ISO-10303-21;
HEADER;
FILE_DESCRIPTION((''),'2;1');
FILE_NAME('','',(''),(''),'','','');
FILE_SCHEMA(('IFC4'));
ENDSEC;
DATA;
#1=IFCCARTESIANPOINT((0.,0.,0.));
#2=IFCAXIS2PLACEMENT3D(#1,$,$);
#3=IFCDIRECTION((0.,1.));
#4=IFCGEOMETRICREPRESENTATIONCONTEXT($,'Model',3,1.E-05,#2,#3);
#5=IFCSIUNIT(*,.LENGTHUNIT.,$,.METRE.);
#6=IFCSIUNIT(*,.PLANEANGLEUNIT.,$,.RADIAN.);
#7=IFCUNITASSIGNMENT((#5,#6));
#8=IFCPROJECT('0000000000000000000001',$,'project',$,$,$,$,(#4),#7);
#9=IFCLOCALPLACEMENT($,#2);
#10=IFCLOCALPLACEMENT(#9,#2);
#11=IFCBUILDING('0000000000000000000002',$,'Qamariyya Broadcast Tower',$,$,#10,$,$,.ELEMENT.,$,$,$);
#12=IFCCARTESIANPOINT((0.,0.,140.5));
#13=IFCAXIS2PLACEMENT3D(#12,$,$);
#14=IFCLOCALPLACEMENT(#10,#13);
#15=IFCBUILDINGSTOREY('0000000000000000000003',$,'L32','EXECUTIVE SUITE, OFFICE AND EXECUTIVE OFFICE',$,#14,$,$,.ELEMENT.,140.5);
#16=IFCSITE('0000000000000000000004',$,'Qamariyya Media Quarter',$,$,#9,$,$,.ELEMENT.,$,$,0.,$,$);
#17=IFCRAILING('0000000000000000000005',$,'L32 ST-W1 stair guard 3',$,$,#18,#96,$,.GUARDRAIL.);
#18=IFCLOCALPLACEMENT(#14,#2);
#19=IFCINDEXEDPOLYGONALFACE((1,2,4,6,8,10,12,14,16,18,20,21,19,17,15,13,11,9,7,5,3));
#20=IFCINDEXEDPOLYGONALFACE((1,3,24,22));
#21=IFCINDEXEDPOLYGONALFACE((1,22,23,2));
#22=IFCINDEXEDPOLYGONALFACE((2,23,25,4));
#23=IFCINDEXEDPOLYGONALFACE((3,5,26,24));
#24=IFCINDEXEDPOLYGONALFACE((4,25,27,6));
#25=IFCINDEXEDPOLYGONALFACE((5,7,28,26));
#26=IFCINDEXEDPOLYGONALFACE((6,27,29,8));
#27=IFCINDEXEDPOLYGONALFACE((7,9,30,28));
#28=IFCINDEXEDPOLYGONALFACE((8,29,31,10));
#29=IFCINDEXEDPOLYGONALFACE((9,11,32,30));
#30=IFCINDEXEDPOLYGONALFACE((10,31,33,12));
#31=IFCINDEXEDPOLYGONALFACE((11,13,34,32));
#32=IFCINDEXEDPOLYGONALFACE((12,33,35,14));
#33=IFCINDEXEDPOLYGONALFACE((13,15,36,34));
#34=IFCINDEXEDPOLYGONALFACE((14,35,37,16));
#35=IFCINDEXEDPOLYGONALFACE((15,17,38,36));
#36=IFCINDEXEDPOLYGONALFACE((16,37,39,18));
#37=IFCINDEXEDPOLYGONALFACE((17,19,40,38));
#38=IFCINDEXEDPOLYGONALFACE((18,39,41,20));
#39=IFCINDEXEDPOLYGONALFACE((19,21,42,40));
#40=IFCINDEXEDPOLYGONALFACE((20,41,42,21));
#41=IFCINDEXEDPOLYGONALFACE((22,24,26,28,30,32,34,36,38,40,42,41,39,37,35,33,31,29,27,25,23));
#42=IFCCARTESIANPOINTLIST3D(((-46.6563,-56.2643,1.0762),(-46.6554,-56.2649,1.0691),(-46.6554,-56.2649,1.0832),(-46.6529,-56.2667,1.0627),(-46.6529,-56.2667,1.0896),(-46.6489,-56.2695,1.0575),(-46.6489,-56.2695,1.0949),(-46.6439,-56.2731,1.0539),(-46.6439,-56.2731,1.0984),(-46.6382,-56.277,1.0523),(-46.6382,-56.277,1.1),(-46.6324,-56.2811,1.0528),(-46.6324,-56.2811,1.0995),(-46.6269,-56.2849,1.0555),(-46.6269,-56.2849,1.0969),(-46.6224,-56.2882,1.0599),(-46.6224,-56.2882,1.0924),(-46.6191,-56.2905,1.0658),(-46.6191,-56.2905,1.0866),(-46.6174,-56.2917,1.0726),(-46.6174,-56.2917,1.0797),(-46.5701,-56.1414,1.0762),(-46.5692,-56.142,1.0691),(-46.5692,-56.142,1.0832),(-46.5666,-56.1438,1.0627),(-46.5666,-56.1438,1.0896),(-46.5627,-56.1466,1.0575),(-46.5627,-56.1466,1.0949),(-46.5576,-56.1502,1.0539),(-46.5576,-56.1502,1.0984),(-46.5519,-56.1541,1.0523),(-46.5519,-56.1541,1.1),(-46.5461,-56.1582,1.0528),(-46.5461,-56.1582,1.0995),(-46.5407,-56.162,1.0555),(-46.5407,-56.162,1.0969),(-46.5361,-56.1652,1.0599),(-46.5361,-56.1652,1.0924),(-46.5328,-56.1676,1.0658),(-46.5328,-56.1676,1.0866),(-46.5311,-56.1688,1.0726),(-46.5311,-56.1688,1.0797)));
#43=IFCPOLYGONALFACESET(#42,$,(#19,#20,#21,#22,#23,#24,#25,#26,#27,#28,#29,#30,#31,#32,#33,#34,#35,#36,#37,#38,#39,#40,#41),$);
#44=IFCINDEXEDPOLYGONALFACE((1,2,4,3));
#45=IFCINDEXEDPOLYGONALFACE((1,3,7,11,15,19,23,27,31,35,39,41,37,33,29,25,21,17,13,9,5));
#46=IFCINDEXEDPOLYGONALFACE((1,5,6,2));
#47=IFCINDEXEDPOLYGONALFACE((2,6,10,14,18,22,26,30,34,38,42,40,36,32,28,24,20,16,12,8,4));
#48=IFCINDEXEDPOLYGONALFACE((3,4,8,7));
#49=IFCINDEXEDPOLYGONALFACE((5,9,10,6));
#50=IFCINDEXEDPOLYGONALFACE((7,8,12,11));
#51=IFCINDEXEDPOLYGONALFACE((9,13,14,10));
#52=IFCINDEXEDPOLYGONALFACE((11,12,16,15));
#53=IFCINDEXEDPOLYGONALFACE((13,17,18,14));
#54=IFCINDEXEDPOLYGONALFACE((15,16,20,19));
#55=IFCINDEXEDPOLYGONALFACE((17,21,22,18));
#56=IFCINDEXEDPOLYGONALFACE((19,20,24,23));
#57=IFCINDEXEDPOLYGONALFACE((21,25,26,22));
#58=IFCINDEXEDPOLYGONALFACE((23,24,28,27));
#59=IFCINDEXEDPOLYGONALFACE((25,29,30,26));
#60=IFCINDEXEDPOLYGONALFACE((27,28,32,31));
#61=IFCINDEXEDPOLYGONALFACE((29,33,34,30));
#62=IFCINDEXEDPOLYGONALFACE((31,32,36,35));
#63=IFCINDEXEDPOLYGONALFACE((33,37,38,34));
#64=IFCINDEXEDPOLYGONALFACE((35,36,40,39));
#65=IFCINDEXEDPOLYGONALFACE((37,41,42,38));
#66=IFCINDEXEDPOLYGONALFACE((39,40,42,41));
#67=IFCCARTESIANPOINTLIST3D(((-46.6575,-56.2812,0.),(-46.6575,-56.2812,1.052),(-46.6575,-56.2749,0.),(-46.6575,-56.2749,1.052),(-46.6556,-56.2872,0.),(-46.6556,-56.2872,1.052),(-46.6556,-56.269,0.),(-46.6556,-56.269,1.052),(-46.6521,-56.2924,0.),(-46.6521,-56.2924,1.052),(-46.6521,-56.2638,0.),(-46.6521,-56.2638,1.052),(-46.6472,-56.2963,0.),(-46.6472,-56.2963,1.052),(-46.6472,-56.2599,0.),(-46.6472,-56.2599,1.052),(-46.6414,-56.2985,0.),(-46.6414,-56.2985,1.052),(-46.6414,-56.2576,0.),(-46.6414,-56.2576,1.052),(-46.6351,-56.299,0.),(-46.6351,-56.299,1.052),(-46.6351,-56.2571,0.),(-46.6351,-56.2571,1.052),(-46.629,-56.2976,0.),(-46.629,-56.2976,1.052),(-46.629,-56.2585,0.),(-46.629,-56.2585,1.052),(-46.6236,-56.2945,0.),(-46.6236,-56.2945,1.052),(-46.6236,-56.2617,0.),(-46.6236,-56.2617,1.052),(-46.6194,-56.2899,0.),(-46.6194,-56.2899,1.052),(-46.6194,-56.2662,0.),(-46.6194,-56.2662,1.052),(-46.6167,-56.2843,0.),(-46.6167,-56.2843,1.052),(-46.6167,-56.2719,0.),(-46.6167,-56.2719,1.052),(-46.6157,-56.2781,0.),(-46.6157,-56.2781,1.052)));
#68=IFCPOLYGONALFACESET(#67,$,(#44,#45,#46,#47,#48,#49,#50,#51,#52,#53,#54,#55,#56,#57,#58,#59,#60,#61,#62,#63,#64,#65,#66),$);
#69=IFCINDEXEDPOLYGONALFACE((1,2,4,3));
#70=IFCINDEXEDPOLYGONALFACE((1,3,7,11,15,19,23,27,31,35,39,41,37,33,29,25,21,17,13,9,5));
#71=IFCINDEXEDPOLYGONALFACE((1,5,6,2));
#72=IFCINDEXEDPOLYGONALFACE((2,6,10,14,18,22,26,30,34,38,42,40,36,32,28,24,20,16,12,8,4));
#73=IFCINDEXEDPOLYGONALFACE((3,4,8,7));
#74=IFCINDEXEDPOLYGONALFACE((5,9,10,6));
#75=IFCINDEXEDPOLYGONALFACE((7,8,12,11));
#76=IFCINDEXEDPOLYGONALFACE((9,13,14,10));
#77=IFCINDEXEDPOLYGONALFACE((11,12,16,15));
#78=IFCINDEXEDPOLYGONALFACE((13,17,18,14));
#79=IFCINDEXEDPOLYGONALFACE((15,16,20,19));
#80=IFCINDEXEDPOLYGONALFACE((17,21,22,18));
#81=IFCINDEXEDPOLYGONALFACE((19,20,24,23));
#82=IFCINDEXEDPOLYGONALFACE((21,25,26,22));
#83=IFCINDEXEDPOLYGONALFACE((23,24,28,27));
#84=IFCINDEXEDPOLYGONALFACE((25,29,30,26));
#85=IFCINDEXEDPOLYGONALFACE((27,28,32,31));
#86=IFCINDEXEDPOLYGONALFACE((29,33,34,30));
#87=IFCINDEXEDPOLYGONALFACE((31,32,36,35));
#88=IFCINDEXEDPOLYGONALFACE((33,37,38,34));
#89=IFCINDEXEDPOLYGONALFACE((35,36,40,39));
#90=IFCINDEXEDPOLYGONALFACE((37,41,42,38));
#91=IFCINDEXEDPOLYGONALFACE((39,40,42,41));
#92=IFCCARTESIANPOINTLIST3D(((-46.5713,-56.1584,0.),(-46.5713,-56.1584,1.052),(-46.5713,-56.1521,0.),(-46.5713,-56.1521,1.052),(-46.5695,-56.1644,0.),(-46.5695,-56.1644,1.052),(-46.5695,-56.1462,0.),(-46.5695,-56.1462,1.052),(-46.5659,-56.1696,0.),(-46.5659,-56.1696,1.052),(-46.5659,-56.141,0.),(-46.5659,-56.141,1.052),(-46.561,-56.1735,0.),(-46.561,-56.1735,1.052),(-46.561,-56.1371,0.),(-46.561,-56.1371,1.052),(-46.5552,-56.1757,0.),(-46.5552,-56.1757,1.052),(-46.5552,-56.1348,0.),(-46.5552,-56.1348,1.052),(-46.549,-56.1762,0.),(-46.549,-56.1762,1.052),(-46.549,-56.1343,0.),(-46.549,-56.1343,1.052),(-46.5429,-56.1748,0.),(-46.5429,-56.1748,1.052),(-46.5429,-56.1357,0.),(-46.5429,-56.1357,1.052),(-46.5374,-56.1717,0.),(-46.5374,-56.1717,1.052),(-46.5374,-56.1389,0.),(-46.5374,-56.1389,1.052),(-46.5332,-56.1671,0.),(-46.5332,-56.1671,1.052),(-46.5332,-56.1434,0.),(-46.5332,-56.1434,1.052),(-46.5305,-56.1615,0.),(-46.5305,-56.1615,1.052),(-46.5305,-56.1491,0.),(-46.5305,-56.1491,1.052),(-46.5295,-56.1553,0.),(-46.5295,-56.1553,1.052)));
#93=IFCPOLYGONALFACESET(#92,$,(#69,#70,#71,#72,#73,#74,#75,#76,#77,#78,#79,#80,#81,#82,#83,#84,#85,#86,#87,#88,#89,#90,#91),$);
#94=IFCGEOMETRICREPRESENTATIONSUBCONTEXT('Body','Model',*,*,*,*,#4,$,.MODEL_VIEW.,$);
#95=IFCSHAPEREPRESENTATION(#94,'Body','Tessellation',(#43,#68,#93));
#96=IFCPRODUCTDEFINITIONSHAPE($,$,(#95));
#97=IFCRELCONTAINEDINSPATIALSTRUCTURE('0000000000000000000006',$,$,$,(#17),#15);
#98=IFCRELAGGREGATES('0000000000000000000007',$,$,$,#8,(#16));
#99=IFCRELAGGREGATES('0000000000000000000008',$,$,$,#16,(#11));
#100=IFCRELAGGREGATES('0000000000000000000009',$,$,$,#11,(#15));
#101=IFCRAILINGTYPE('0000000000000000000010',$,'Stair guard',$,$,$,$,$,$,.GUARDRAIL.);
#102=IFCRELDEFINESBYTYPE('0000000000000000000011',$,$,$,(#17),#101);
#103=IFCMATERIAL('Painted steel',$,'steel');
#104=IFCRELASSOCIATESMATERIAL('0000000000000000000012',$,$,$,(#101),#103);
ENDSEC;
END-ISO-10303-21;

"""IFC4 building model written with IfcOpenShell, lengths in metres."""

from ifc_helpers import new_model, si_unit, direction, frame, origin, origin_2d, place, context, subcontext, project, spatial, circle, extrude, material, type_object, element, save


model = new_model("IFC4")

# Units and contexts
model_context = context("Model", 3, precision=1e-05, world=origin(), true_north=direction((0.0, 1.0)))
body_context = subcontext(model_context, "Body", "Model", "MODEL_VIEW")
ifc_project = project(units=[si_unit("LENGTHUNIT", "METRE"), si_unit("PLANEANGLEUNIT", "RADIAN")], contexts=[model_context])

# Site, building, storey
site_placement = place(None, origin())
site = spatial("IfcSite", under=ifc_project, at=site_placement, Name="Qamariyya Media Quarter", CompositionType="ELEMENT", RefElevation=0.0)
building_placement = place(site_placement, origin())
building = spatial("IfcBuilding", under=site, at=building_placement, Name="Qamariyya Broadcast Tower", CompositionType="ELEMENT")
storey_placement = place(building_placement, frame((0.0, 0.0, 140.5)))
storey = spatial("IfcBuildingStorey", under=building, at=storey_placement, Name="L32", Description="EXECUTIVE SUITE, OFFICE AND EXECUTIVE OFFICE", CompositionType="ELEMENT", Elevation=140.5)

# Railing
ifc_material_1 = material(Name="Painted steel", Category="steel")
railing_type_1 = type_object("IfcRailingType", Name="Stair guard", PredefinedType="GUARDRAIL", material=ifc_material_1)
railing_1_placement = place(storey_placement, frame((-46.6367, -56.2781, 0.0)))
element("IfcRailing", 1, at=railing_1_placement, inside=storey, type_object=railing_type_1, Name="L32 ST-W1 stair guard 3", PredefinedType="GUARDRAIL", context=body_context, shape_type="SweptSolid", body=[
    extrude(circle(Radius=0.0239, at=origin_2d()), frame((0.0, 0.0, 1.0762), z_axis=(0.574445, 0.818543, 0.0), x_axis=(-0.818543, 0.574445, 0.0)), (0.0, 0.0, 1.0), 0.1501),
    extrude(circle(Radius=0.021, at=origin_2d()), origin(), (0.0, 0.0, 1.0), 1.052),
    extrude(circle(Radius=0.021, at=origin_2d()), frame((0.0862, 0.1228, 0.0)), (0.0, 0.0, 1.0), 1.052),
])

save(model, "model.ifc")
